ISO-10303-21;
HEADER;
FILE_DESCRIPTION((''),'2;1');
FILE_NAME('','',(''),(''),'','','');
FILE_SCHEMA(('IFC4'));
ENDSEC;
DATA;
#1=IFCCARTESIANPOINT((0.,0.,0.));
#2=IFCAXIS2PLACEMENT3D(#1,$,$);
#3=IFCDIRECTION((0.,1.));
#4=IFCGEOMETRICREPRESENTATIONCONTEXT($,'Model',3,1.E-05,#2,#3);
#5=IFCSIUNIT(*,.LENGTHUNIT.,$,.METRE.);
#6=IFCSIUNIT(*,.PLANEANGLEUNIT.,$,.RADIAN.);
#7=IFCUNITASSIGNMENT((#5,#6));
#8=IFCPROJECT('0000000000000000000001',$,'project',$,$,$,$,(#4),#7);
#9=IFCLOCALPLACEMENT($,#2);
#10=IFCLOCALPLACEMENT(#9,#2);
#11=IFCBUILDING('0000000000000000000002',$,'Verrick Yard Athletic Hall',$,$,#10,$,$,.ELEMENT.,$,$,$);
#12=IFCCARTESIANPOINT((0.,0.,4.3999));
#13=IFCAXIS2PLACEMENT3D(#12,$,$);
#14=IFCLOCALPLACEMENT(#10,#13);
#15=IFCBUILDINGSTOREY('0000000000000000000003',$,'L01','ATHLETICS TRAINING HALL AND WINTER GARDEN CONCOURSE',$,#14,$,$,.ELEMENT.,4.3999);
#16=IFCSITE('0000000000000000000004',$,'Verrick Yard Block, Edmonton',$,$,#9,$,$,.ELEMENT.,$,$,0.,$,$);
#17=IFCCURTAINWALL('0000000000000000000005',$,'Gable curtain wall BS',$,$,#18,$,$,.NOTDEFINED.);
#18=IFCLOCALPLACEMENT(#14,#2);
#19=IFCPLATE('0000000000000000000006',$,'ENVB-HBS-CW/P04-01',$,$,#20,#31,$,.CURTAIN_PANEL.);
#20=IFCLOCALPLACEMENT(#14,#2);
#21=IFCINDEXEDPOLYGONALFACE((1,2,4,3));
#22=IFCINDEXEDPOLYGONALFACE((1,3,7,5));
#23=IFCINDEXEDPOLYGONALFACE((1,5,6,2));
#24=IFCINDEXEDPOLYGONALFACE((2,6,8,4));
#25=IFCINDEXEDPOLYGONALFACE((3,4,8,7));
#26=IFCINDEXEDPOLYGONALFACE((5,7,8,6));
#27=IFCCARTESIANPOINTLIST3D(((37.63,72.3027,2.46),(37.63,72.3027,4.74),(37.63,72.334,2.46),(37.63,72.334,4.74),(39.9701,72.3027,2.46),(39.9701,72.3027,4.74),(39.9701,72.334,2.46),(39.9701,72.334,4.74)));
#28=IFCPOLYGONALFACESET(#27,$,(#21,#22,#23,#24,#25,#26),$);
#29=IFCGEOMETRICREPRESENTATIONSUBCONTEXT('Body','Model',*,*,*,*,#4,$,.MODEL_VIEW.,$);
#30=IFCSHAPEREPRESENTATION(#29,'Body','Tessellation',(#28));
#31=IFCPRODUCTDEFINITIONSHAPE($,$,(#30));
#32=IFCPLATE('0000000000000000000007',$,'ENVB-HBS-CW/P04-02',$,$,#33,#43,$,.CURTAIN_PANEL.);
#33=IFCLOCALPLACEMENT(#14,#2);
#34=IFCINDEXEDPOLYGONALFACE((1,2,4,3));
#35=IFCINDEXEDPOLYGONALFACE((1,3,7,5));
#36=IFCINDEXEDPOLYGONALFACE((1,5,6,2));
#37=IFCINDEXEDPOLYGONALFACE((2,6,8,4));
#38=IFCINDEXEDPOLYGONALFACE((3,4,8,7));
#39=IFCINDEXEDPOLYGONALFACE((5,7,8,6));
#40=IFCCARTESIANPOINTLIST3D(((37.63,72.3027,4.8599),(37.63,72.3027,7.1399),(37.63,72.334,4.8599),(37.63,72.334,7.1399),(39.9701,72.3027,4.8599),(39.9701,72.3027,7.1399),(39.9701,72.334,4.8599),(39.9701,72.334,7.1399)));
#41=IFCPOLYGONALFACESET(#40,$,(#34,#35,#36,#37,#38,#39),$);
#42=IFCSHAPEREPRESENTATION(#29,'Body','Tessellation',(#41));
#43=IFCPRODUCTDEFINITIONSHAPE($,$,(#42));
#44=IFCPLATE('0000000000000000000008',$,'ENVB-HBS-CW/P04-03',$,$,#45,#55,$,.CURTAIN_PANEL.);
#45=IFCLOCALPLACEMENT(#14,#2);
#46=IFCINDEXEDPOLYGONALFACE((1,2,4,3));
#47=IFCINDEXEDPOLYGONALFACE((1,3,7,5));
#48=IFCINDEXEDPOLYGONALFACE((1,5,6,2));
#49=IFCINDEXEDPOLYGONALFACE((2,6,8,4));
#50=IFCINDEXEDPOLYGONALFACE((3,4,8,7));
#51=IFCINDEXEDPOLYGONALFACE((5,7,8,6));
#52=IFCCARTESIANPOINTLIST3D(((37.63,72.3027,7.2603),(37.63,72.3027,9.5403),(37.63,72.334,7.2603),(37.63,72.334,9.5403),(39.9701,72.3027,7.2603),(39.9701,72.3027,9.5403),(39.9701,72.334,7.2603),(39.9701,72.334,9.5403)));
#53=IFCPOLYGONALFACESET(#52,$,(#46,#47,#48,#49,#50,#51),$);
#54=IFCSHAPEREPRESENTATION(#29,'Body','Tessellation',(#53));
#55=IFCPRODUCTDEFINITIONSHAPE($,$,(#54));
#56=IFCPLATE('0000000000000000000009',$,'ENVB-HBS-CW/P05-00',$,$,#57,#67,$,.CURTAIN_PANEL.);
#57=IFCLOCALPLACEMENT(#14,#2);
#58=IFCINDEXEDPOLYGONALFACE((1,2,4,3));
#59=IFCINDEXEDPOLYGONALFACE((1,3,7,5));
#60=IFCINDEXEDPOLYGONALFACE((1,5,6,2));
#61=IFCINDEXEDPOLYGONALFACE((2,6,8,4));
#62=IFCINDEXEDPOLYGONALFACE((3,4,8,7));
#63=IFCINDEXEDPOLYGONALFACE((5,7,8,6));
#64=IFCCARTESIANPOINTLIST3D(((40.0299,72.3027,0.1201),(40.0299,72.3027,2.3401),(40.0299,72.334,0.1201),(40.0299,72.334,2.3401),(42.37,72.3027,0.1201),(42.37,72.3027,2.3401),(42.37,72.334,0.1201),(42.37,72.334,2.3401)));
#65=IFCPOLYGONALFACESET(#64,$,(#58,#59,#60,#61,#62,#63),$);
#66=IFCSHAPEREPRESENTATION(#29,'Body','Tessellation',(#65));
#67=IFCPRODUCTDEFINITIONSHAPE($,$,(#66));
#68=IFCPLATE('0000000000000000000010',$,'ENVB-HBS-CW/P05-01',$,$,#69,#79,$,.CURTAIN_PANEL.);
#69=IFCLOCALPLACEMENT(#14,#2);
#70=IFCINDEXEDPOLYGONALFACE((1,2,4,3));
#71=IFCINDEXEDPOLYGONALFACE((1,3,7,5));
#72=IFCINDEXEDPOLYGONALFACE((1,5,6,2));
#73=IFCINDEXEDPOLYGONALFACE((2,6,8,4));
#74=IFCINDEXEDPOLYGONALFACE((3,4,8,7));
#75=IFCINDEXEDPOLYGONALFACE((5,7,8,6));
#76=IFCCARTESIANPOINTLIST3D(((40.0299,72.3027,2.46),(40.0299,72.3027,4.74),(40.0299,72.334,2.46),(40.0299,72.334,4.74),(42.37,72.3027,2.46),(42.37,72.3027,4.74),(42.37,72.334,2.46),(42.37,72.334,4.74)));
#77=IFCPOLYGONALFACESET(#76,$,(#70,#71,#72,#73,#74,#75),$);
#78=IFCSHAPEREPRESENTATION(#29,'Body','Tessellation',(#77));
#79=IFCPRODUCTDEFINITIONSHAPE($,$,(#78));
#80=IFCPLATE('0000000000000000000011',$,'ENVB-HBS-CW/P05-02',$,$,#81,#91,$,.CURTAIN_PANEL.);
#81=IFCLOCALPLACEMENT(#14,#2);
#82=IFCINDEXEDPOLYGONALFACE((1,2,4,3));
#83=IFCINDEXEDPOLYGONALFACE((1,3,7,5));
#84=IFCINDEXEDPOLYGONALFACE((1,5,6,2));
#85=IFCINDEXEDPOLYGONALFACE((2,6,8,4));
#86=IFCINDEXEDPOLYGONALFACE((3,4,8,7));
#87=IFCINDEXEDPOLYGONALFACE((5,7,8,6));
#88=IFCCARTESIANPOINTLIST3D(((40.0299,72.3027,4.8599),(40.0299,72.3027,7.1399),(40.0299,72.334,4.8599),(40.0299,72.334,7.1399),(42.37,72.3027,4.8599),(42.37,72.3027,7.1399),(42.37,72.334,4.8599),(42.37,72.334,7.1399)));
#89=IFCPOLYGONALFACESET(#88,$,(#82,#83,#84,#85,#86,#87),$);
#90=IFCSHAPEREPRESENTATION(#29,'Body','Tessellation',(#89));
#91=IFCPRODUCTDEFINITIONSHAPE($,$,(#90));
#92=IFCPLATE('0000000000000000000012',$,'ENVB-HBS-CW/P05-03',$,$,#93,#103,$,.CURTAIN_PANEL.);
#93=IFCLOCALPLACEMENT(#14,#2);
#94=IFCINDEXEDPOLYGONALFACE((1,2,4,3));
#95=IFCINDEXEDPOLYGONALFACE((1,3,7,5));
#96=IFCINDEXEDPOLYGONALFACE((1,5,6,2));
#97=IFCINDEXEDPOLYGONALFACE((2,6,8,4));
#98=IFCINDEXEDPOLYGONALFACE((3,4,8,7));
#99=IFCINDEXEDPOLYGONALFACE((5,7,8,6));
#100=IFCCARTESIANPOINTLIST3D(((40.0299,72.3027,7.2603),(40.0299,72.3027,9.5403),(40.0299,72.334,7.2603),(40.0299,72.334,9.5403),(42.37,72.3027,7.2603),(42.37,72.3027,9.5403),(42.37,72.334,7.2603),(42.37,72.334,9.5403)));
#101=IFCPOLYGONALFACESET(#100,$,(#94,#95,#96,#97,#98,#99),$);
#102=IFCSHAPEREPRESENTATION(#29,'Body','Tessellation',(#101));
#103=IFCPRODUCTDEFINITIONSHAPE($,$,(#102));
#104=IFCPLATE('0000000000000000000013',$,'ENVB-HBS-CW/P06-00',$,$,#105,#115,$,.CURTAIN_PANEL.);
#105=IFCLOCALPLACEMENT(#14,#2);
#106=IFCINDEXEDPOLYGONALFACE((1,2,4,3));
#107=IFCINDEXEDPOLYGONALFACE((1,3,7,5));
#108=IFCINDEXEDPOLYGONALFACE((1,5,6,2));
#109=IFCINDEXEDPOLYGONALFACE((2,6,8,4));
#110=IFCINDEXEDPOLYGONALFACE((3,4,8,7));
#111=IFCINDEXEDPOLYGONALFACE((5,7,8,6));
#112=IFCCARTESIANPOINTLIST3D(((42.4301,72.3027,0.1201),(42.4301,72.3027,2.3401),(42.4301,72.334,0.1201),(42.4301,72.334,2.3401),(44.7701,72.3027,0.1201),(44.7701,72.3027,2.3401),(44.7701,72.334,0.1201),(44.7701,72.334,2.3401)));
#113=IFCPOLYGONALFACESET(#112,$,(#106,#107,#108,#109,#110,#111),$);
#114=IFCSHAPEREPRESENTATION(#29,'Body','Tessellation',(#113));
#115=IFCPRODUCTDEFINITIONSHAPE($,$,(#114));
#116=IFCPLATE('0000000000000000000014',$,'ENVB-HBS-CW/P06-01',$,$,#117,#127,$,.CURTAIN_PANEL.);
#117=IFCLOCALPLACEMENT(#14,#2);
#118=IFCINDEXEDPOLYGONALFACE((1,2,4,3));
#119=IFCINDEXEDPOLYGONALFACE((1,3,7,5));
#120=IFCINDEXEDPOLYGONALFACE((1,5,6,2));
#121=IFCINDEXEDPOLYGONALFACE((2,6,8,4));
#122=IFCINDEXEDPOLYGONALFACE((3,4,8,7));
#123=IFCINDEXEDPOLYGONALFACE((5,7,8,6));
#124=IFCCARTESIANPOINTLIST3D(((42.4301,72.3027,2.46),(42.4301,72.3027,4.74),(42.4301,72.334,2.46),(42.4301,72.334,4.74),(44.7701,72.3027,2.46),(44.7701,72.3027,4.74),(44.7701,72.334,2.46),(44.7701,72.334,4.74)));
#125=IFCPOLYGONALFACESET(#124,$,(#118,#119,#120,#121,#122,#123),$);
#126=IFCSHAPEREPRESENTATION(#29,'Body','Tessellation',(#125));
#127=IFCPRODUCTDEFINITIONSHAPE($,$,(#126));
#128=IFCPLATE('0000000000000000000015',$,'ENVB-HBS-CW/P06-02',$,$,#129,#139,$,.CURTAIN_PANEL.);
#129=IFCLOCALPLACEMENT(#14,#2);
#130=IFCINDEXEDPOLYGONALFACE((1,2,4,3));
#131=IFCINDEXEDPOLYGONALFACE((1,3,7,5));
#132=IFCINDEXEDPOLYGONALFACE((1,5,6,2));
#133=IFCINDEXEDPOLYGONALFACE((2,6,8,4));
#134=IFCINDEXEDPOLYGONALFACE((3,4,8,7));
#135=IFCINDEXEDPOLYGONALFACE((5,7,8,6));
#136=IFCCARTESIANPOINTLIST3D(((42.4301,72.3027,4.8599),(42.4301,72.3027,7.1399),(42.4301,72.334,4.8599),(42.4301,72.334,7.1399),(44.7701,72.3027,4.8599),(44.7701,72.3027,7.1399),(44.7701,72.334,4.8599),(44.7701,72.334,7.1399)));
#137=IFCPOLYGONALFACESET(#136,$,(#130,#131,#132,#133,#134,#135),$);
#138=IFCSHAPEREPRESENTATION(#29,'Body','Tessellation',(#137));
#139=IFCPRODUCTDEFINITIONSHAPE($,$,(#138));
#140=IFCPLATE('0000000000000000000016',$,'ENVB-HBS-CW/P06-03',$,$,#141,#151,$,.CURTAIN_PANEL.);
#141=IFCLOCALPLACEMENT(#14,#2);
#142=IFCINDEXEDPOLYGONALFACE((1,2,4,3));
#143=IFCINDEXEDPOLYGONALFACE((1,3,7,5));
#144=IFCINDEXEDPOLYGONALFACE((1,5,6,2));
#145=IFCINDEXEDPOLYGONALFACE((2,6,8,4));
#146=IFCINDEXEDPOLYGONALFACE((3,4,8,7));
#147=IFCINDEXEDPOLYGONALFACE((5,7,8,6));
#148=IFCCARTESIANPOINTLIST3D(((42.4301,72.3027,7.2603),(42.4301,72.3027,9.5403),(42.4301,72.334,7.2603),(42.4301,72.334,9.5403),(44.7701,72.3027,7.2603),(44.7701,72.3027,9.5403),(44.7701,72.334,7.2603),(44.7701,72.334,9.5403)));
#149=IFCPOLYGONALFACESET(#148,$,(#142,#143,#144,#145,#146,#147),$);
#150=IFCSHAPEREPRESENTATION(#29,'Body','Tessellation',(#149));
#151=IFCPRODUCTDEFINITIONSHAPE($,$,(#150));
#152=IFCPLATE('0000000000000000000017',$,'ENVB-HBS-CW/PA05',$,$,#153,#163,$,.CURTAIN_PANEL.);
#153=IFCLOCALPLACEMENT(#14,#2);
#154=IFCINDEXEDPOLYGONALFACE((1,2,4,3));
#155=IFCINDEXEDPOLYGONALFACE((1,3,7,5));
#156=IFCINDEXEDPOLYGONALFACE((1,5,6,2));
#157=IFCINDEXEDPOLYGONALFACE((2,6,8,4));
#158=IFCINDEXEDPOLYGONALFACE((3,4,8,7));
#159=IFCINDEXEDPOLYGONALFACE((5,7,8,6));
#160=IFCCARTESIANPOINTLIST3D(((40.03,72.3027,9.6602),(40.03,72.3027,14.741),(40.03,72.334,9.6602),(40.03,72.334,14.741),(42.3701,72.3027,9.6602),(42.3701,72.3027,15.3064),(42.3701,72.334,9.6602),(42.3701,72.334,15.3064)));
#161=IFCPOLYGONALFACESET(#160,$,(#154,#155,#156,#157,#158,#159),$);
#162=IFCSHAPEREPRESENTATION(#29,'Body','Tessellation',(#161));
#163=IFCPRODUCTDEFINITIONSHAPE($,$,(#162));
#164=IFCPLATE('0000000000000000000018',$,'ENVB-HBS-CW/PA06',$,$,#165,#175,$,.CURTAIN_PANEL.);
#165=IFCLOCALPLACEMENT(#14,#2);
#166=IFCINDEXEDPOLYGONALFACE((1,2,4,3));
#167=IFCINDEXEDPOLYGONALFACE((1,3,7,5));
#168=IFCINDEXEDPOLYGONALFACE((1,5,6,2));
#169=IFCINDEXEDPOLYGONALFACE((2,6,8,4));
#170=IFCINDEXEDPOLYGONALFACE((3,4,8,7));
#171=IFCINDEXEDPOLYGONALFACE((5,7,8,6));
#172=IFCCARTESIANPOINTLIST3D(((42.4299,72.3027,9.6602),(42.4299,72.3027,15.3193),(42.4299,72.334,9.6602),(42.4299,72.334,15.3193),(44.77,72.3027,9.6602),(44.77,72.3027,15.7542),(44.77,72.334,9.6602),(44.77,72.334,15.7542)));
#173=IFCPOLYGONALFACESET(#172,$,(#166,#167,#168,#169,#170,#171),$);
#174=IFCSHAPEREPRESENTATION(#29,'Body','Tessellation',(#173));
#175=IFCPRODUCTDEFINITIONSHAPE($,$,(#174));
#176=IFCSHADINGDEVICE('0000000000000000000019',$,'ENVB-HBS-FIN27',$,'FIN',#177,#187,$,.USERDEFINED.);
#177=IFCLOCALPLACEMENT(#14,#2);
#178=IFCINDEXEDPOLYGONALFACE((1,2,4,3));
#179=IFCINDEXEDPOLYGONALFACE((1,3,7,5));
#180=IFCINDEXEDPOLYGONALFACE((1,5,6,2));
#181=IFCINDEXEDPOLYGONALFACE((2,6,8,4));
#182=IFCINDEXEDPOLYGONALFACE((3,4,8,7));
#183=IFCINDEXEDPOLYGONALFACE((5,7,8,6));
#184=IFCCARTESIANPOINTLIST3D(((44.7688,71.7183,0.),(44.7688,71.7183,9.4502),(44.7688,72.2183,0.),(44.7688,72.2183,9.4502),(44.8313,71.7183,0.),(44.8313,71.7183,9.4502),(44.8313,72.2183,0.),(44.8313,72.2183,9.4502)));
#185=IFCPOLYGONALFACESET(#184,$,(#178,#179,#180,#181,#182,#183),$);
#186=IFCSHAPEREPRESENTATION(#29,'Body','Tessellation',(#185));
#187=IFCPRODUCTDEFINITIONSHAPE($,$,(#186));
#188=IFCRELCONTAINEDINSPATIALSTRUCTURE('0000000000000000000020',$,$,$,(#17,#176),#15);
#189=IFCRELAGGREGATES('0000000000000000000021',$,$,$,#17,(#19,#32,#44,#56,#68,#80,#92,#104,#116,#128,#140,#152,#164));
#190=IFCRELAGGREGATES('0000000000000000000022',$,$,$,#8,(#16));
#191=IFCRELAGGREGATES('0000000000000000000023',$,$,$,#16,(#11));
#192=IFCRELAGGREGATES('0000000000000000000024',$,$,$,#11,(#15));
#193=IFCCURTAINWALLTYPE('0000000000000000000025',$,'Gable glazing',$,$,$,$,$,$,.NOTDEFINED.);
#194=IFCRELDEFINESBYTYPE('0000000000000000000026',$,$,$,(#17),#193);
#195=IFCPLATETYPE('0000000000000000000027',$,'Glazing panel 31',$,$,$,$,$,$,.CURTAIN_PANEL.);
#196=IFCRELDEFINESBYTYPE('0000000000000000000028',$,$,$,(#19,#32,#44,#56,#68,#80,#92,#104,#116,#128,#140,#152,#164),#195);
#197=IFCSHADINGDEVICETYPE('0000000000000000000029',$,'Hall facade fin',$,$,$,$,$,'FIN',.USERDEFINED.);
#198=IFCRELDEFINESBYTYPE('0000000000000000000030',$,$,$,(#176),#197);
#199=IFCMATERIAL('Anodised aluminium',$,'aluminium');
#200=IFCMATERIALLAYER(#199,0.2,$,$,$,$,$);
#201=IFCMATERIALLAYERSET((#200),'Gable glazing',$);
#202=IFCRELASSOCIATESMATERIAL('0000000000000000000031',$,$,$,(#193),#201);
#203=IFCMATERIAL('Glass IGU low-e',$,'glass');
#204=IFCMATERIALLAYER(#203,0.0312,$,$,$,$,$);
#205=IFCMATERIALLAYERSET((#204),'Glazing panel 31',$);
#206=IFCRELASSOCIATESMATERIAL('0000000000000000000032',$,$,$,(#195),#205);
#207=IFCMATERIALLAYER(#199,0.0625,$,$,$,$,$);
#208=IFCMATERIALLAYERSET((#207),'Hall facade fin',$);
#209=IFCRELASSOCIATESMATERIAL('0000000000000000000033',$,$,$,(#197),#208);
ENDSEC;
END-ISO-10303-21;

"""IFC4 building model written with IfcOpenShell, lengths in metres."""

from ifc_helpers import new_model, si_unit, direction, frame, origin, origin_2d, place, context, subcontext, project, spatial, polyline, rectangle, outline, extrude, material, layer, layer_set, type_object, element, aggregate, save


model = new_model("IFC4")

# Units and contexts
model_context = context("Model", 3, precision=1e-05, world=origin(), true_north=direction((0.0, 1.0)))
body_context = subcontext(model_context, "Body", "Model", "MODEL_VIEW")
ifc_project = project(units=[si_unit("LENGTHUNIT", "METRE"), si_unit("PLANEANGLEUNIT", "RADIAN")], contexts=[model_context])

# Site, building, storey
site_placement = place(None, origin())
site = spatial("IfcSite", under=ifc_project, at=site_placement, Name="Verrick Yard Block, Edmonton", CompositionType="ELEMENT", RefElevation=0.0)
building_placement = place(site_placement, origin())
building = spatial("IfcBuilding", under=site, at=building_placement, Name="Verrick Yard Athletic Hall", CompositionType="ELEMENT")
storey_placement = place(building_placement, frame((0.0, 0.0, 4.3999)))
storey = spatial("IfcBuildingStorey", under=building, at=storey_placement, Name="L01", Description="ATHLETICS TRAINING HALL AND WINTER GARDEN CONCOURSE", CompositionType="ELEMENT", Elevation=4.3999)

# Curtain wall, plates
ifc_material_1 = material(Name="Anodised aluminium", Category="aluminium")
ifc_layer_1 = layer(ifc_material_1, 0.2)
ifc_layer_set_1 = layer_set([ifc_layer_1], Name="Gable glazing")
curtain_wall_type = type_object("IfcCurtainWallType", Name="Gable glazing", PredefinedType="NOTDEFINED", material=ifc_layer_set_1)
curtain_wall_placement = place(storey_placement, origin())
curtain_wall = element("IfcCurtainWall", 1, at=curtain_wall_placement, inside=storey, type_object=curtain_wall_type, Name="Gable curtain wall BS", PredefinedType="NOTDEFINED")
ifc_material_2 = material(Name="Glass IGU low-e", Category="glass")
ifc_layer_2 = layer(ifc_material_2, 0.0312)
ifc_layer_set_2 = layer_set([ifc_layer_2], Name="Glazing panel 31")
plate_type = type_object("IfcPlateType", Name="Glazing panel 31", PredefinedType="CURTAIN_PANEL", material=ifc_layer_set_2)
plate_1_placement = place(storey_placement, frame((38.8, 72.3184, 2.46), z_axis=(0.0, 0.0, 1.0), x_axis=(1.0, 0.0, 0.0)))
plate_1 = element("IfcPlate", 2, at=plate_1_placement, type_object=plate_type, Name="ENVB-HBS-CW/P04-01", PredefinedType="CURTAIN_PANEL", context=body_context, shape_type="SweptSolid", body=[
    extrude(rectangle(XDim=2.3401, YDim=0.0312, at=origin_2d()), origin(), (0.0, 0.0, 1.0), 2.28),
])
plate_2_placement = place(storey_placement, frame((38.8, 72.3184, 4.8599), z_axis=(0.0, 0.0, 1.0), x_axis=(1.0, 0.0, 0.0)))
plate_2 = element("IfcPlate", 3, at=plate_2_placement, type_object=plate_type, Name="ENVB-HBS-CW/P04-02", PredefinedType="CURTAIN_PANEL", context=body_context, shape_type="SweptSolid", body=[
    extrude(rectangle(XDim=2.3401, YDim=0.0312, at=origin_2d()), origin(), (0.0, 0.0, 1.0), 2.28),
])
plate_3_placement = place(storey_placement, frame((38.8, 72.3184, 7.2603), z_axis=(0.0, 0.0, 1.0), x_axis=(1.0, 0.0, 0.0)))
plate_3 = element("IfcPlate", 4, at=plate_3_placement, type_object=plate_type, Name="ENVB-HBS-CW/P04-03", PredefinedType="CURTAIN_PANEL", context=body_context, shape_type="SweptSolid", body=[
    extrude(rectangle(XDim=2.3401, YDim=0.0312, at=origin_2d()), origin(), (0.0, 0.0, 1.0), 2.28),
])
plate_4_placement = place(storey_placement, frame((41.2, 72.3184, 0.1201), z_axis=(0.0, 0.0, 1.0), x_axis=(1.0, 0.0, 0.0)))
plate_4 = element("IfcPlate", 5, at=plate_4_placement, type_object=plate_type, Name="ENVB-HBS-CW/P05-00", PredefinedType="CURTAIN_PANEL", context=body_context, shape_type="SweptSolid", body=[
    extrude(rectangle(XDim=2.3401, YDim=0.0312, at=origin_2d()), origin(), (0.0, 0.0, 1.0), 2.22),
])
plate_5_placement = place(storey_placement, frame((41.2, 72.3184, 2.46), z_axis=(0.0, 0.0, 1.0), x_axis=(1.0, 0.0, 0.0)))
plate_5 = element("IfcPlate", 6, at=plate_5_placement, type_object=plate_type, Name="ENVB-HBS-CW/P05-01", PredefinedType="CURTAIN_PANEL", context=body_context, shape_type="SweptSolid", body=[
    extrude(rectangle(XDim=2.3401, YDim=0.0312, at=origin_2d()), origin(), (0.0, 0.0, 1.0), 2.28),
])
plate_6_placement = place(storey_placement, frame((41.2, 72.3184, 4.8599), z_axis=(0.0, 0.0, 1.0), x_axis=(1.0, 0.0, 0.0)))
plate_6 = element("IfcPlate", 7, at=plate_6_placement, type_object=plate_type, Name="ENVB-HBS-CW/P05-02", PredefinedType="CURTAIN_PANEL", context=body_context, shape_type="SweptSolid", body=[
    extrude(rectangle(XDim=2.3401, YDim=0.0312, at=origin_2d()), origin(), (0.0, 0.0, 1.0), 2.28),
])
plate_7_placement = place(storey_placement, frame((41.2, 72.3184, 7.2603), z_axis=(0.0, 0.0, 1.0), x_axis=(1.0, 0.0, 0.0)))
plate_7 = element("IfcPlate", 8, at=plate_7_placement, type_object=plate_type, Name="ENVB-HBS-CW/P05-03", PredefinedType="CURTAIN_PANEL", context=body_context, shape_type="SweptSolid", body=[
    extrude(rectangle(XDim=2.3401, YDim=0.0312, at=origin_2d()), origin(), (0.0, 0.0, 1.0), 2.28),
])
plate_8_placement = place(storey_placement, frame((43.6001, 72.3184, 0.1201), z_axis=(0.0, 0.0, 1.0), x_axis=(1.0, 0.0, 0.0)))
plate_8 = element("IfcPlate", 9, at=plate_8_placement, type_object=plate_type, Name="ENVB-HBS-CW/P06-00", PredefinedType="CURTAIN_PANEL", context=body_context, shape_type="SweptSolid", body=[
    extrude(rectangle(XDim=2.3401, YDim=0.0312, at=origin_2d()), origin(), (0.0, 0.0, 1.0), 2.22),
])
plate_9_placement = place(storey_placement, frame((43.6001, 72.3184, 2.46), z_axis=(0.0, 0.0, 1.0), x_axis=(1.0, 0.0, 0.0)))
plate_9 = element("IfcPlate", 10, at=plate_9_placement, type_object=plate_type, Name="ENVB-HBS-CW/P06-01", PredefinedType="CURTAIN_PANEL", context=body_context, shape_type="SweptSolid", body=[
    extrude(rectangle(XDim=2.3401, YDim=0.0312, at=origin_2d()), origin(), (0.0, 0.0, 1.0), 2.28),
])
plate_10_placement = place(storey_placement, frame((43.6001, 72.3184, 4.8599), z_axis=(0.0, 0.0, 1.0), x_axis=(1.0, 0.0, 0.0)))
plate_10 = element("IfcPlate", 11, at=plate_10_placement, type_object=plate_type, Name="ENVB-HBS-CW/P06-02", PredefinedType="CURTAIN_PANEL", context=body_context, shape_type="SweptSolid", body=[
    extrude(rectangle(XDim=2.3401, YDim=0.0312, at=origin_2d()), origin(), (0.0, 0.0, 1.0), 2.28),
])
plate_11_placement = place(storey_placement, frame((43.6001, 72.3184, 7.2603), z_axis=(0.0, 0.0, 1.0), x_axis=(1.0, 0.0, 0.0)))
plate_11 = element("IfcPlate", 12, at=plate_11_placement, type_object=plate_type, Name="ENVB-HBS-CW/P06-03", PredefinedType="CURTAIN_PANEL", context=body_context, shape_type="SweptSolid", body=[
    extrude(rectangle(XDim=2.3401, YDim=0.0312, at=origin_2d()), origin(), (0.0, 0.0, 1.0), 2.28),
])
plate_12_placement = place(storey_placement, frame((40.03, 72.3184, 9.6602), z_axis=(0.0, 0.0, 1.0), x_axis=(1.0, 0.0, 0.0)))
plate_12 = element("IfcPlate", 13, at=plate_12_placement, type_object=plate_type, Name="ENVB-HBS-CW/PA05", PredefinedType="CURTAIN_PANEL", context=body_context, shape_type="SweptSolid", body=[
    extrude(outline(polyline([(0.0, 5.0808), (2.3401, 5.6462), (2.3401, 0.0), (0.0, 0.0), (0.0, 5.0808)])), frame((0.0, 0.0156, 0.0), z_axis=(0.0, -1.0, 0.0), x_axis=(1.0, 0.0, 0.0)), (0.0, 0.0, 1.0), 0.0312),
])
plate_13_placement = place(storey_placement, frame((42.4299, 72.3184, 9.6602), z_axis=(0.0, 0.0, 1.0), x_axis=(1.0, 0.0, 0.0)))
plate_13 = element("IfcPlate", 14, at=plate_13_placement, type_object=plate_type, Name="ENVB-HBS-CW/PA06", PredefinedType="CURTAIN_PANEL", context=body_context, shape_type="SweptSolid", body=[
    extrude(outline(polyline([(0.0, 5.6592), (2.3401, 6.094), (2.3401, 0.0), (0.0, 0.0), (0.0, 5.6592)])), frame((0.0, 0.0156, 0.0), z_axis=(0.0, -1.0, 0.0), x_axis=(1.0, 0.0, 0.0)), (0.0, 0.0, 1.0), 0.0312),
])
aggregate(curtain_wall, [plate_1, plate_2, plate_3, plate_4, plate_5, plate_6, plate_7, plate_8, plate_9, plate_10, plate_11, plate_12, plate_13])

# Shading device
ifc_layer_3 = layer(ifc_material_1, 0.0625)
ifc_layer_set_3 = layer_set([ifc_layer_3], Name="Hall facade fin")
shading_device_type = type_object("IfcShadingDeviceType", Name="Hall facade fin", ElementType="FIN", PredefinedType="USERDEFINED", material=ifc_layer_set_3)
shading_device_placement = place(storey_placement, frame((44.8, 71.7183, 0.0), z_axis=(0.0, 0.0, 1.0), x_axis=(0.0, 1.0, 0.0)))
element("IfcShadingDevice", 15, at=shading_device_placement, inside=storey, type_object=shading_device_type, Name="ENVB-HBS-FIN27", ObjectType="FIN", PredefinedType="USERDEFINED", context=body_context, shape_type="SweptSolid", body=[
    extrude(outline(polyline([(0.0, 0.0), (0.5, 0.0), (0.5, 9.4502), (0.0, 9.4502), (0.0, 0.0)])), frame((0.0, 0.0312, 0.0), z_axis=(0.0, -1.0, 0.0), x_axis=(1.0, 0.0, 0.0)), (0.0, 0.0, 1.0), 0.0625),
])

save(model, "model.ifc")
